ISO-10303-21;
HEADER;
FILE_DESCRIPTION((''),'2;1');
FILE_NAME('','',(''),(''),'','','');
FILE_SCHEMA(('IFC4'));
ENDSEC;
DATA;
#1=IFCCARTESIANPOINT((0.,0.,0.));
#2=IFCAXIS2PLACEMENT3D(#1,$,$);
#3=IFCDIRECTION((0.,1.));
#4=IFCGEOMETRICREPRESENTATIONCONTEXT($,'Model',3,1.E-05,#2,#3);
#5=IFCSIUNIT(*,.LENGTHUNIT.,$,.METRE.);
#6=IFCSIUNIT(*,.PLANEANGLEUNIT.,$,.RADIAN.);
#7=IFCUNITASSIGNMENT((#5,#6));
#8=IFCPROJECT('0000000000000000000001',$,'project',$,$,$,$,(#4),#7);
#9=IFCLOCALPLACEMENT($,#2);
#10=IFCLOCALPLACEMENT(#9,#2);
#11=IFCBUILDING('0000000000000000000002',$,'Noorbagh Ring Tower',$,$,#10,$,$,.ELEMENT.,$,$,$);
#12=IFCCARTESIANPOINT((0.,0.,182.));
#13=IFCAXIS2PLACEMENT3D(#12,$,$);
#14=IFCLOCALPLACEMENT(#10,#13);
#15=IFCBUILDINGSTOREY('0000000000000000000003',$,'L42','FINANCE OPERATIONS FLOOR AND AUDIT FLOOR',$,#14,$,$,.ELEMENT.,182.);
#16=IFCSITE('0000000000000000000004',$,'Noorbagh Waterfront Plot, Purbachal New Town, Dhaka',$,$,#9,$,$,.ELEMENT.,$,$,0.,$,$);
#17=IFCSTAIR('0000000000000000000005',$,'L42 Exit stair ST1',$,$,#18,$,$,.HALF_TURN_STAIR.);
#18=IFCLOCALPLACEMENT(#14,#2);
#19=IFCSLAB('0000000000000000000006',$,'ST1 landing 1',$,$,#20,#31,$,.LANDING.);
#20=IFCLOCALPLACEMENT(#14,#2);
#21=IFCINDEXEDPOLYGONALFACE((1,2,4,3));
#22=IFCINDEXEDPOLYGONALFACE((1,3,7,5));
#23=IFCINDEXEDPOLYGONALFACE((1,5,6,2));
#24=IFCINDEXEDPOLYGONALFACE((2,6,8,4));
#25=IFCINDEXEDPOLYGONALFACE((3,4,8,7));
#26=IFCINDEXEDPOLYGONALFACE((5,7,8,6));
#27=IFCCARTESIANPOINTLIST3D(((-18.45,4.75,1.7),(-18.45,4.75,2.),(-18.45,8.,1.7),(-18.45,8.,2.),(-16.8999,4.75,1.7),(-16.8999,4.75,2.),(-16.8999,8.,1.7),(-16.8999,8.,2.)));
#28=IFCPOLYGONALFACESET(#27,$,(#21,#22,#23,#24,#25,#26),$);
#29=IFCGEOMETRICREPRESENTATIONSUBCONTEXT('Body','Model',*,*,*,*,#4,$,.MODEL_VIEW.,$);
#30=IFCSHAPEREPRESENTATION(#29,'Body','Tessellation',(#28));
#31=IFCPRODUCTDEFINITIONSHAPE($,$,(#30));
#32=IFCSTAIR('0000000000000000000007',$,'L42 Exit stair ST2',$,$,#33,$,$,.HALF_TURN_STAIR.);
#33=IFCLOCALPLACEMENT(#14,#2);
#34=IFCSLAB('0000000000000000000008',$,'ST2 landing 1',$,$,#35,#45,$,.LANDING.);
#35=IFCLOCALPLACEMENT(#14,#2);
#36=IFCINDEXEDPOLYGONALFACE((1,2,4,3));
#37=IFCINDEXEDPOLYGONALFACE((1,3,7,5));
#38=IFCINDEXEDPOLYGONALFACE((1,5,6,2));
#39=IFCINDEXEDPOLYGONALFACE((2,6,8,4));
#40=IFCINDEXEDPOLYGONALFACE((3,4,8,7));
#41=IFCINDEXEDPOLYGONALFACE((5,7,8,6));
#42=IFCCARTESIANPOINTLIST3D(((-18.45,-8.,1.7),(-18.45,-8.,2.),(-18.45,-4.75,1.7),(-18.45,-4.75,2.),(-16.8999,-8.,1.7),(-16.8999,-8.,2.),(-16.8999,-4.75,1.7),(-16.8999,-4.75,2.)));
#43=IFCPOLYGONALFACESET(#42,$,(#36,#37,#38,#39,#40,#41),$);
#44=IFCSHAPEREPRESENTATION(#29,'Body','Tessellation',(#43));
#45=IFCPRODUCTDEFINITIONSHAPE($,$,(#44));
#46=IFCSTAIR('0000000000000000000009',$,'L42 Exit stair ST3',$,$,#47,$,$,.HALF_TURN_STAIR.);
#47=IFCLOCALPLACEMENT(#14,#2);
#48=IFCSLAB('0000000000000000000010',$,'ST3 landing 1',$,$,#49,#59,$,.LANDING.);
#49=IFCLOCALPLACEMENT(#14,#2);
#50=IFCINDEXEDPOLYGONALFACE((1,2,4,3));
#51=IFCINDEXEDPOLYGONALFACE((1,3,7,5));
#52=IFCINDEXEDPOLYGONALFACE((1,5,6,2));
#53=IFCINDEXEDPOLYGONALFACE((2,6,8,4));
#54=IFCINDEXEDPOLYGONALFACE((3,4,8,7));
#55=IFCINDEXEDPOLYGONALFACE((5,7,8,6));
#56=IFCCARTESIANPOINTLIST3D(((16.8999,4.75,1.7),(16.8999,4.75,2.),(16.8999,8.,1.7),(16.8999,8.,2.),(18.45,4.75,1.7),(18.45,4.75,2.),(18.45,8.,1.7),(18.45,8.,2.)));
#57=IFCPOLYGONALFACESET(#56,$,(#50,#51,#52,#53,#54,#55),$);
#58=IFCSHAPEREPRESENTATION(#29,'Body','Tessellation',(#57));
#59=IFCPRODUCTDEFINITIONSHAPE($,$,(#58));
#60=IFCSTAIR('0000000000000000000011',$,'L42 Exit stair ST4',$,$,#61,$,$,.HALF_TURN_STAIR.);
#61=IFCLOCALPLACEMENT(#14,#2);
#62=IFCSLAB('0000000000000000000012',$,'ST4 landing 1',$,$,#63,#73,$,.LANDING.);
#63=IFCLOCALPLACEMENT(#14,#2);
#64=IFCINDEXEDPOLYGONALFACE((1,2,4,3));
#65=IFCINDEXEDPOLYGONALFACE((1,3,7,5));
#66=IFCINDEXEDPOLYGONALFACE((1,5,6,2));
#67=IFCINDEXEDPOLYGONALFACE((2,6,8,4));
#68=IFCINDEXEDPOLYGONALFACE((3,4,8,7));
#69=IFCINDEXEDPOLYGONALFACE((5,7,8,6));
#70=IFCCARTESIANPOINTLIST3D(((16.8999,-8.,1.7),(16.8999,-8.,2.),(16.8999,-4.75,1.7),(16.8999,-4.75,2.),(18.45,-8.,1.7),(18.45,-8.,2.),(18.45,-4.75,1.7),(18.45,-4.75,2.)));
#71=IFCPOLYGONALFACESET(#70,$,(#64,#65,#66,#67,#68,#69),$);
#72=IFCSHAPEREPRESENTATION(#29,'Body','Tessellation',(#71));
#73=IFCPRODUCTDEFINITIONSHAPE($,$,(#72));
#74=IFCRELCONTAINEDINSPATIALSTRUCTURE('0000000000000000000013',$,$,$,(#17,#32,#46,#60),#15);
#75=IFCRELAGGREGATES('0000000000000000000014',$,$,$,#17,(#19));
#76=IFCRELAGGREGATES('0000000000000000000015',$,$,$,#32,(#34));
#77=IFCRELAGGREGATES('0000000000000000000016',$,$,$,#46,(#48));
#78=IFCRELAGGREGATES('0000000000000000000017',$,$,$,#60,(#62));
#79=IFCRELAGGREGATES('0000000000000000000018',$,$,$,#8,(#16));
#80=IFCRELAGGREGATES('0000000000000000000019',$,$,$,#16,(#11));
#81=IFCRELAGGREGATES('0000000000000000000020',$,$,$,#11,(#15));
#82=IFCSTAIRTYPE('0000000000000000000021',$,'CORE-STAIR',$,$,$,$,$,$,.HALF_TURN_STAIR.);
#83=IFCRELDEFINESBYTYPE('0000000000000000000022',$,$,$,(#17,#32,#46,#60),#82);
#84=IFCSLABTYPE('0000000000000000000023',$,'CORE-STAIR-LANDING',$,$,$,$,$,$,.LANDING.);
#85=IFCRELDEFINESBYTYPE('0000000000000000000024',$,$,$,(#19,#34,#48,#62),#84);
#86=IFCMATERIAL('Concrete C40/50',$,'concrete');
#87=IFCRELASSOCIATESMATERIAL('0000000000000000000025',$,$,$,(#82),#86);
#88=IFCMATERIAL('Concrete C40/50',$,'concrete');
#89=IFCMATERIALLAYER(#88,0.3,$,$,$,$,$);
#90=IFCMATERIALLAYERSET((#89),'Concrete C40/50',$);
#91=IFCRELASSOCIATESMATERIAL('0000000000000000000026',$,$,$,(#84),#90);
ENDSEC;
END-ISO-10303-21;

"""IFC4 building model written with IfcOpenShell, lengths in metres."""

from ifc_helpers import new_model, si_unit, direction, frame, origin, place, context, subcontext, project, spatial, polyline, outline, extrude, material, layer, layer_set, type_object, element, aggregate, save


model = new_model("IFC4")

# Units and contexts
model_context = context("Model", 3, precision=1e-05, world=origin(), true_north=direction((0.0, 1.0)))
body_context = subcontext(model_context, "Body", "Model", "MODEL_VIEW")
ifc_project = project(units=[si_unit("LENGTHUNIT", "METRE"), si_unit("PLANEANGLEUNIT", "RADIAN")], contexts=[model_context])

# Site, building, storey
site_placement = place(None, origin())
building_placement = place(site_placement, origin())
storey_placement = place(building_placement, frame((0.0, 0.0, 182.0)))
site = spatial("IfcSite", under=ifc_project, at=site_placement, Name="Noorbagh Waterfront Plot, Purbachal New Town, Dhaka", CompositionType="ELEMENT", RefElevation=0.0)
building = spatial("IfcBuilding", under=site, at=building_placement, Name="Noorbagh Ring Tower", CompositionType="ELEMENT")
storey = spatial("IfcBuildingStorey", under=building, at=storey_placement, Name="L42", Description="FINANCE OPERATIONS FLOOR AND AUDIT FLOOR", CompositionType="ELEMENT", Elevation=182.0)

# Stairs, slabs
ifc_material_1 = material(Name="Concrete C40/50", Category="concrete")
stair_type = type_object("IfcStairType", Name="CORE-STAIR", PredefinedType="HALF_TURN_STAIR", material=ifc_material_1)
stair_1_placement = place(storey_placement, origin())
stair_1 = element("IfcStair", 1, at=stair_1_placement, inside=storey, type_object=stair_type, Name="L42 Exit stair ST1", PredefinedType="HALF_TURN_STAIR")
ifc_material_2 = material(Name="Concrete C40/50", Category="concrete")
ifc_layer_1 = layer(ifc_material_2, 0.3)
ifc_layer_set_1 = layer_set([ifc_layer_1], Name="Concrete C40/50")
slab_type = type_object("IfcSlabType", Name="CORE-STAIR-LANDING", PredefinedType="LANDING", material=ifc_layer_set_1)
slab_1_placement = place(storey_placement, frame((0.0, 0.0, 1.7)))
slab_1 = element("IfcSlab", 2, at=slab_1_placement, type_object=slab_type, Name="ST1 landing 1", PredefinedType="LANDING", context=body_context, shape_type="SweptSolid", body=[
    extrude(outline(polyline([(-18.45, 4.75), (-16.8999, 4.75), (-16.8999, 8.0), (-18.45, 8.0), (-18.45, 4.75)])), origin(), (0.0, 0.0, 1.0), 0.3),
])
aggregate(stair_1, [slab_1])
stair_2_placement = place(storey_placement, origin())
stair_2 = element("IfcStair", 3, at=stair_2_placement, inside=storey, type_object=stair_type, Name="L42 Exit stair ST2", PredefinedType="HALF_TURN_STAIR")
slab_2_placement = place(storey_placement, frame((0.0, 0.0, 1.7)))
slab_2 = element("IfcSlab", 4, at=slab_2_placement, type_object=slab_type, Name="ST2 landing 1", PredefinedType="LANDING", context=body_context, shape_type="SweptSolid", body=[
    extrude(outline(polyline([(-18.45, -8.0), (-16.8999, -8.0), (-16.8999, -4.75), (-18.45, -4.75), (-18.45, -8.0)])), origin(), (0.0, 0.0, 1.0), 0.3),
])
aggregate(stair_2, [slab_2])
stair_3_placement = place(storey_placement, origin())
stair_3 = element("IfcStair", 5, at=stair_3_placement, inside=storey, type_object=stair_type, Name="L42 Exit stair ST3", PredefinedType="HALF_TURN_STAIR")
slab_3_placement = place(storey_placement, frame((0.0, 0.0, 1.7)))
slab_3 = element("IfcSlab", 6, at=slab_3_placement, type_object=slab_type, Name="ST3 landing 1", PredefinedType="LANDING", context=body_context, shape_type="SweptSolid", body=[
    extrude(outline(polyline([(18.45, 8.0), (16.8999, 8.0), (16.8999, 4.75), (18.45, 4.75), (18.45, 8.0)])), origin(), (0.0, 0.0, 1.0), 0.3),
])
aggregate(stair_3, [slab_3])
stair_4_placement = place(storey_placement, origin())
stair_4 = element("IfcStair", 7, at=stair_4_placement, inside=storey, type_object=stair_type, Name="L42 Exit stair ST4", PredefinedType="HALF_TURN_STAIR")
slab_4_placement = place(storey_placement, frame((0.0, 0.0, 1.7)))
slab_4 = element("IfcSlab", 8, at=slab_4_placement, type_object=slab_type, Name="ST4 landing 1", PredefinedType="LANDING", context=body_context, shape_type="SweptSolid", body=[
    extrude(outline(polyline([(18.45, -4.75), (16.8999, -4.75), (16.8999, -8.0), (18.45, -8.0), (18.45, -4.75)])), origin(), (0.0, 0.0, 1.0), 0.3),
])
aggregate(stair_4, [slab_4])

save(model, "model.ifc")
